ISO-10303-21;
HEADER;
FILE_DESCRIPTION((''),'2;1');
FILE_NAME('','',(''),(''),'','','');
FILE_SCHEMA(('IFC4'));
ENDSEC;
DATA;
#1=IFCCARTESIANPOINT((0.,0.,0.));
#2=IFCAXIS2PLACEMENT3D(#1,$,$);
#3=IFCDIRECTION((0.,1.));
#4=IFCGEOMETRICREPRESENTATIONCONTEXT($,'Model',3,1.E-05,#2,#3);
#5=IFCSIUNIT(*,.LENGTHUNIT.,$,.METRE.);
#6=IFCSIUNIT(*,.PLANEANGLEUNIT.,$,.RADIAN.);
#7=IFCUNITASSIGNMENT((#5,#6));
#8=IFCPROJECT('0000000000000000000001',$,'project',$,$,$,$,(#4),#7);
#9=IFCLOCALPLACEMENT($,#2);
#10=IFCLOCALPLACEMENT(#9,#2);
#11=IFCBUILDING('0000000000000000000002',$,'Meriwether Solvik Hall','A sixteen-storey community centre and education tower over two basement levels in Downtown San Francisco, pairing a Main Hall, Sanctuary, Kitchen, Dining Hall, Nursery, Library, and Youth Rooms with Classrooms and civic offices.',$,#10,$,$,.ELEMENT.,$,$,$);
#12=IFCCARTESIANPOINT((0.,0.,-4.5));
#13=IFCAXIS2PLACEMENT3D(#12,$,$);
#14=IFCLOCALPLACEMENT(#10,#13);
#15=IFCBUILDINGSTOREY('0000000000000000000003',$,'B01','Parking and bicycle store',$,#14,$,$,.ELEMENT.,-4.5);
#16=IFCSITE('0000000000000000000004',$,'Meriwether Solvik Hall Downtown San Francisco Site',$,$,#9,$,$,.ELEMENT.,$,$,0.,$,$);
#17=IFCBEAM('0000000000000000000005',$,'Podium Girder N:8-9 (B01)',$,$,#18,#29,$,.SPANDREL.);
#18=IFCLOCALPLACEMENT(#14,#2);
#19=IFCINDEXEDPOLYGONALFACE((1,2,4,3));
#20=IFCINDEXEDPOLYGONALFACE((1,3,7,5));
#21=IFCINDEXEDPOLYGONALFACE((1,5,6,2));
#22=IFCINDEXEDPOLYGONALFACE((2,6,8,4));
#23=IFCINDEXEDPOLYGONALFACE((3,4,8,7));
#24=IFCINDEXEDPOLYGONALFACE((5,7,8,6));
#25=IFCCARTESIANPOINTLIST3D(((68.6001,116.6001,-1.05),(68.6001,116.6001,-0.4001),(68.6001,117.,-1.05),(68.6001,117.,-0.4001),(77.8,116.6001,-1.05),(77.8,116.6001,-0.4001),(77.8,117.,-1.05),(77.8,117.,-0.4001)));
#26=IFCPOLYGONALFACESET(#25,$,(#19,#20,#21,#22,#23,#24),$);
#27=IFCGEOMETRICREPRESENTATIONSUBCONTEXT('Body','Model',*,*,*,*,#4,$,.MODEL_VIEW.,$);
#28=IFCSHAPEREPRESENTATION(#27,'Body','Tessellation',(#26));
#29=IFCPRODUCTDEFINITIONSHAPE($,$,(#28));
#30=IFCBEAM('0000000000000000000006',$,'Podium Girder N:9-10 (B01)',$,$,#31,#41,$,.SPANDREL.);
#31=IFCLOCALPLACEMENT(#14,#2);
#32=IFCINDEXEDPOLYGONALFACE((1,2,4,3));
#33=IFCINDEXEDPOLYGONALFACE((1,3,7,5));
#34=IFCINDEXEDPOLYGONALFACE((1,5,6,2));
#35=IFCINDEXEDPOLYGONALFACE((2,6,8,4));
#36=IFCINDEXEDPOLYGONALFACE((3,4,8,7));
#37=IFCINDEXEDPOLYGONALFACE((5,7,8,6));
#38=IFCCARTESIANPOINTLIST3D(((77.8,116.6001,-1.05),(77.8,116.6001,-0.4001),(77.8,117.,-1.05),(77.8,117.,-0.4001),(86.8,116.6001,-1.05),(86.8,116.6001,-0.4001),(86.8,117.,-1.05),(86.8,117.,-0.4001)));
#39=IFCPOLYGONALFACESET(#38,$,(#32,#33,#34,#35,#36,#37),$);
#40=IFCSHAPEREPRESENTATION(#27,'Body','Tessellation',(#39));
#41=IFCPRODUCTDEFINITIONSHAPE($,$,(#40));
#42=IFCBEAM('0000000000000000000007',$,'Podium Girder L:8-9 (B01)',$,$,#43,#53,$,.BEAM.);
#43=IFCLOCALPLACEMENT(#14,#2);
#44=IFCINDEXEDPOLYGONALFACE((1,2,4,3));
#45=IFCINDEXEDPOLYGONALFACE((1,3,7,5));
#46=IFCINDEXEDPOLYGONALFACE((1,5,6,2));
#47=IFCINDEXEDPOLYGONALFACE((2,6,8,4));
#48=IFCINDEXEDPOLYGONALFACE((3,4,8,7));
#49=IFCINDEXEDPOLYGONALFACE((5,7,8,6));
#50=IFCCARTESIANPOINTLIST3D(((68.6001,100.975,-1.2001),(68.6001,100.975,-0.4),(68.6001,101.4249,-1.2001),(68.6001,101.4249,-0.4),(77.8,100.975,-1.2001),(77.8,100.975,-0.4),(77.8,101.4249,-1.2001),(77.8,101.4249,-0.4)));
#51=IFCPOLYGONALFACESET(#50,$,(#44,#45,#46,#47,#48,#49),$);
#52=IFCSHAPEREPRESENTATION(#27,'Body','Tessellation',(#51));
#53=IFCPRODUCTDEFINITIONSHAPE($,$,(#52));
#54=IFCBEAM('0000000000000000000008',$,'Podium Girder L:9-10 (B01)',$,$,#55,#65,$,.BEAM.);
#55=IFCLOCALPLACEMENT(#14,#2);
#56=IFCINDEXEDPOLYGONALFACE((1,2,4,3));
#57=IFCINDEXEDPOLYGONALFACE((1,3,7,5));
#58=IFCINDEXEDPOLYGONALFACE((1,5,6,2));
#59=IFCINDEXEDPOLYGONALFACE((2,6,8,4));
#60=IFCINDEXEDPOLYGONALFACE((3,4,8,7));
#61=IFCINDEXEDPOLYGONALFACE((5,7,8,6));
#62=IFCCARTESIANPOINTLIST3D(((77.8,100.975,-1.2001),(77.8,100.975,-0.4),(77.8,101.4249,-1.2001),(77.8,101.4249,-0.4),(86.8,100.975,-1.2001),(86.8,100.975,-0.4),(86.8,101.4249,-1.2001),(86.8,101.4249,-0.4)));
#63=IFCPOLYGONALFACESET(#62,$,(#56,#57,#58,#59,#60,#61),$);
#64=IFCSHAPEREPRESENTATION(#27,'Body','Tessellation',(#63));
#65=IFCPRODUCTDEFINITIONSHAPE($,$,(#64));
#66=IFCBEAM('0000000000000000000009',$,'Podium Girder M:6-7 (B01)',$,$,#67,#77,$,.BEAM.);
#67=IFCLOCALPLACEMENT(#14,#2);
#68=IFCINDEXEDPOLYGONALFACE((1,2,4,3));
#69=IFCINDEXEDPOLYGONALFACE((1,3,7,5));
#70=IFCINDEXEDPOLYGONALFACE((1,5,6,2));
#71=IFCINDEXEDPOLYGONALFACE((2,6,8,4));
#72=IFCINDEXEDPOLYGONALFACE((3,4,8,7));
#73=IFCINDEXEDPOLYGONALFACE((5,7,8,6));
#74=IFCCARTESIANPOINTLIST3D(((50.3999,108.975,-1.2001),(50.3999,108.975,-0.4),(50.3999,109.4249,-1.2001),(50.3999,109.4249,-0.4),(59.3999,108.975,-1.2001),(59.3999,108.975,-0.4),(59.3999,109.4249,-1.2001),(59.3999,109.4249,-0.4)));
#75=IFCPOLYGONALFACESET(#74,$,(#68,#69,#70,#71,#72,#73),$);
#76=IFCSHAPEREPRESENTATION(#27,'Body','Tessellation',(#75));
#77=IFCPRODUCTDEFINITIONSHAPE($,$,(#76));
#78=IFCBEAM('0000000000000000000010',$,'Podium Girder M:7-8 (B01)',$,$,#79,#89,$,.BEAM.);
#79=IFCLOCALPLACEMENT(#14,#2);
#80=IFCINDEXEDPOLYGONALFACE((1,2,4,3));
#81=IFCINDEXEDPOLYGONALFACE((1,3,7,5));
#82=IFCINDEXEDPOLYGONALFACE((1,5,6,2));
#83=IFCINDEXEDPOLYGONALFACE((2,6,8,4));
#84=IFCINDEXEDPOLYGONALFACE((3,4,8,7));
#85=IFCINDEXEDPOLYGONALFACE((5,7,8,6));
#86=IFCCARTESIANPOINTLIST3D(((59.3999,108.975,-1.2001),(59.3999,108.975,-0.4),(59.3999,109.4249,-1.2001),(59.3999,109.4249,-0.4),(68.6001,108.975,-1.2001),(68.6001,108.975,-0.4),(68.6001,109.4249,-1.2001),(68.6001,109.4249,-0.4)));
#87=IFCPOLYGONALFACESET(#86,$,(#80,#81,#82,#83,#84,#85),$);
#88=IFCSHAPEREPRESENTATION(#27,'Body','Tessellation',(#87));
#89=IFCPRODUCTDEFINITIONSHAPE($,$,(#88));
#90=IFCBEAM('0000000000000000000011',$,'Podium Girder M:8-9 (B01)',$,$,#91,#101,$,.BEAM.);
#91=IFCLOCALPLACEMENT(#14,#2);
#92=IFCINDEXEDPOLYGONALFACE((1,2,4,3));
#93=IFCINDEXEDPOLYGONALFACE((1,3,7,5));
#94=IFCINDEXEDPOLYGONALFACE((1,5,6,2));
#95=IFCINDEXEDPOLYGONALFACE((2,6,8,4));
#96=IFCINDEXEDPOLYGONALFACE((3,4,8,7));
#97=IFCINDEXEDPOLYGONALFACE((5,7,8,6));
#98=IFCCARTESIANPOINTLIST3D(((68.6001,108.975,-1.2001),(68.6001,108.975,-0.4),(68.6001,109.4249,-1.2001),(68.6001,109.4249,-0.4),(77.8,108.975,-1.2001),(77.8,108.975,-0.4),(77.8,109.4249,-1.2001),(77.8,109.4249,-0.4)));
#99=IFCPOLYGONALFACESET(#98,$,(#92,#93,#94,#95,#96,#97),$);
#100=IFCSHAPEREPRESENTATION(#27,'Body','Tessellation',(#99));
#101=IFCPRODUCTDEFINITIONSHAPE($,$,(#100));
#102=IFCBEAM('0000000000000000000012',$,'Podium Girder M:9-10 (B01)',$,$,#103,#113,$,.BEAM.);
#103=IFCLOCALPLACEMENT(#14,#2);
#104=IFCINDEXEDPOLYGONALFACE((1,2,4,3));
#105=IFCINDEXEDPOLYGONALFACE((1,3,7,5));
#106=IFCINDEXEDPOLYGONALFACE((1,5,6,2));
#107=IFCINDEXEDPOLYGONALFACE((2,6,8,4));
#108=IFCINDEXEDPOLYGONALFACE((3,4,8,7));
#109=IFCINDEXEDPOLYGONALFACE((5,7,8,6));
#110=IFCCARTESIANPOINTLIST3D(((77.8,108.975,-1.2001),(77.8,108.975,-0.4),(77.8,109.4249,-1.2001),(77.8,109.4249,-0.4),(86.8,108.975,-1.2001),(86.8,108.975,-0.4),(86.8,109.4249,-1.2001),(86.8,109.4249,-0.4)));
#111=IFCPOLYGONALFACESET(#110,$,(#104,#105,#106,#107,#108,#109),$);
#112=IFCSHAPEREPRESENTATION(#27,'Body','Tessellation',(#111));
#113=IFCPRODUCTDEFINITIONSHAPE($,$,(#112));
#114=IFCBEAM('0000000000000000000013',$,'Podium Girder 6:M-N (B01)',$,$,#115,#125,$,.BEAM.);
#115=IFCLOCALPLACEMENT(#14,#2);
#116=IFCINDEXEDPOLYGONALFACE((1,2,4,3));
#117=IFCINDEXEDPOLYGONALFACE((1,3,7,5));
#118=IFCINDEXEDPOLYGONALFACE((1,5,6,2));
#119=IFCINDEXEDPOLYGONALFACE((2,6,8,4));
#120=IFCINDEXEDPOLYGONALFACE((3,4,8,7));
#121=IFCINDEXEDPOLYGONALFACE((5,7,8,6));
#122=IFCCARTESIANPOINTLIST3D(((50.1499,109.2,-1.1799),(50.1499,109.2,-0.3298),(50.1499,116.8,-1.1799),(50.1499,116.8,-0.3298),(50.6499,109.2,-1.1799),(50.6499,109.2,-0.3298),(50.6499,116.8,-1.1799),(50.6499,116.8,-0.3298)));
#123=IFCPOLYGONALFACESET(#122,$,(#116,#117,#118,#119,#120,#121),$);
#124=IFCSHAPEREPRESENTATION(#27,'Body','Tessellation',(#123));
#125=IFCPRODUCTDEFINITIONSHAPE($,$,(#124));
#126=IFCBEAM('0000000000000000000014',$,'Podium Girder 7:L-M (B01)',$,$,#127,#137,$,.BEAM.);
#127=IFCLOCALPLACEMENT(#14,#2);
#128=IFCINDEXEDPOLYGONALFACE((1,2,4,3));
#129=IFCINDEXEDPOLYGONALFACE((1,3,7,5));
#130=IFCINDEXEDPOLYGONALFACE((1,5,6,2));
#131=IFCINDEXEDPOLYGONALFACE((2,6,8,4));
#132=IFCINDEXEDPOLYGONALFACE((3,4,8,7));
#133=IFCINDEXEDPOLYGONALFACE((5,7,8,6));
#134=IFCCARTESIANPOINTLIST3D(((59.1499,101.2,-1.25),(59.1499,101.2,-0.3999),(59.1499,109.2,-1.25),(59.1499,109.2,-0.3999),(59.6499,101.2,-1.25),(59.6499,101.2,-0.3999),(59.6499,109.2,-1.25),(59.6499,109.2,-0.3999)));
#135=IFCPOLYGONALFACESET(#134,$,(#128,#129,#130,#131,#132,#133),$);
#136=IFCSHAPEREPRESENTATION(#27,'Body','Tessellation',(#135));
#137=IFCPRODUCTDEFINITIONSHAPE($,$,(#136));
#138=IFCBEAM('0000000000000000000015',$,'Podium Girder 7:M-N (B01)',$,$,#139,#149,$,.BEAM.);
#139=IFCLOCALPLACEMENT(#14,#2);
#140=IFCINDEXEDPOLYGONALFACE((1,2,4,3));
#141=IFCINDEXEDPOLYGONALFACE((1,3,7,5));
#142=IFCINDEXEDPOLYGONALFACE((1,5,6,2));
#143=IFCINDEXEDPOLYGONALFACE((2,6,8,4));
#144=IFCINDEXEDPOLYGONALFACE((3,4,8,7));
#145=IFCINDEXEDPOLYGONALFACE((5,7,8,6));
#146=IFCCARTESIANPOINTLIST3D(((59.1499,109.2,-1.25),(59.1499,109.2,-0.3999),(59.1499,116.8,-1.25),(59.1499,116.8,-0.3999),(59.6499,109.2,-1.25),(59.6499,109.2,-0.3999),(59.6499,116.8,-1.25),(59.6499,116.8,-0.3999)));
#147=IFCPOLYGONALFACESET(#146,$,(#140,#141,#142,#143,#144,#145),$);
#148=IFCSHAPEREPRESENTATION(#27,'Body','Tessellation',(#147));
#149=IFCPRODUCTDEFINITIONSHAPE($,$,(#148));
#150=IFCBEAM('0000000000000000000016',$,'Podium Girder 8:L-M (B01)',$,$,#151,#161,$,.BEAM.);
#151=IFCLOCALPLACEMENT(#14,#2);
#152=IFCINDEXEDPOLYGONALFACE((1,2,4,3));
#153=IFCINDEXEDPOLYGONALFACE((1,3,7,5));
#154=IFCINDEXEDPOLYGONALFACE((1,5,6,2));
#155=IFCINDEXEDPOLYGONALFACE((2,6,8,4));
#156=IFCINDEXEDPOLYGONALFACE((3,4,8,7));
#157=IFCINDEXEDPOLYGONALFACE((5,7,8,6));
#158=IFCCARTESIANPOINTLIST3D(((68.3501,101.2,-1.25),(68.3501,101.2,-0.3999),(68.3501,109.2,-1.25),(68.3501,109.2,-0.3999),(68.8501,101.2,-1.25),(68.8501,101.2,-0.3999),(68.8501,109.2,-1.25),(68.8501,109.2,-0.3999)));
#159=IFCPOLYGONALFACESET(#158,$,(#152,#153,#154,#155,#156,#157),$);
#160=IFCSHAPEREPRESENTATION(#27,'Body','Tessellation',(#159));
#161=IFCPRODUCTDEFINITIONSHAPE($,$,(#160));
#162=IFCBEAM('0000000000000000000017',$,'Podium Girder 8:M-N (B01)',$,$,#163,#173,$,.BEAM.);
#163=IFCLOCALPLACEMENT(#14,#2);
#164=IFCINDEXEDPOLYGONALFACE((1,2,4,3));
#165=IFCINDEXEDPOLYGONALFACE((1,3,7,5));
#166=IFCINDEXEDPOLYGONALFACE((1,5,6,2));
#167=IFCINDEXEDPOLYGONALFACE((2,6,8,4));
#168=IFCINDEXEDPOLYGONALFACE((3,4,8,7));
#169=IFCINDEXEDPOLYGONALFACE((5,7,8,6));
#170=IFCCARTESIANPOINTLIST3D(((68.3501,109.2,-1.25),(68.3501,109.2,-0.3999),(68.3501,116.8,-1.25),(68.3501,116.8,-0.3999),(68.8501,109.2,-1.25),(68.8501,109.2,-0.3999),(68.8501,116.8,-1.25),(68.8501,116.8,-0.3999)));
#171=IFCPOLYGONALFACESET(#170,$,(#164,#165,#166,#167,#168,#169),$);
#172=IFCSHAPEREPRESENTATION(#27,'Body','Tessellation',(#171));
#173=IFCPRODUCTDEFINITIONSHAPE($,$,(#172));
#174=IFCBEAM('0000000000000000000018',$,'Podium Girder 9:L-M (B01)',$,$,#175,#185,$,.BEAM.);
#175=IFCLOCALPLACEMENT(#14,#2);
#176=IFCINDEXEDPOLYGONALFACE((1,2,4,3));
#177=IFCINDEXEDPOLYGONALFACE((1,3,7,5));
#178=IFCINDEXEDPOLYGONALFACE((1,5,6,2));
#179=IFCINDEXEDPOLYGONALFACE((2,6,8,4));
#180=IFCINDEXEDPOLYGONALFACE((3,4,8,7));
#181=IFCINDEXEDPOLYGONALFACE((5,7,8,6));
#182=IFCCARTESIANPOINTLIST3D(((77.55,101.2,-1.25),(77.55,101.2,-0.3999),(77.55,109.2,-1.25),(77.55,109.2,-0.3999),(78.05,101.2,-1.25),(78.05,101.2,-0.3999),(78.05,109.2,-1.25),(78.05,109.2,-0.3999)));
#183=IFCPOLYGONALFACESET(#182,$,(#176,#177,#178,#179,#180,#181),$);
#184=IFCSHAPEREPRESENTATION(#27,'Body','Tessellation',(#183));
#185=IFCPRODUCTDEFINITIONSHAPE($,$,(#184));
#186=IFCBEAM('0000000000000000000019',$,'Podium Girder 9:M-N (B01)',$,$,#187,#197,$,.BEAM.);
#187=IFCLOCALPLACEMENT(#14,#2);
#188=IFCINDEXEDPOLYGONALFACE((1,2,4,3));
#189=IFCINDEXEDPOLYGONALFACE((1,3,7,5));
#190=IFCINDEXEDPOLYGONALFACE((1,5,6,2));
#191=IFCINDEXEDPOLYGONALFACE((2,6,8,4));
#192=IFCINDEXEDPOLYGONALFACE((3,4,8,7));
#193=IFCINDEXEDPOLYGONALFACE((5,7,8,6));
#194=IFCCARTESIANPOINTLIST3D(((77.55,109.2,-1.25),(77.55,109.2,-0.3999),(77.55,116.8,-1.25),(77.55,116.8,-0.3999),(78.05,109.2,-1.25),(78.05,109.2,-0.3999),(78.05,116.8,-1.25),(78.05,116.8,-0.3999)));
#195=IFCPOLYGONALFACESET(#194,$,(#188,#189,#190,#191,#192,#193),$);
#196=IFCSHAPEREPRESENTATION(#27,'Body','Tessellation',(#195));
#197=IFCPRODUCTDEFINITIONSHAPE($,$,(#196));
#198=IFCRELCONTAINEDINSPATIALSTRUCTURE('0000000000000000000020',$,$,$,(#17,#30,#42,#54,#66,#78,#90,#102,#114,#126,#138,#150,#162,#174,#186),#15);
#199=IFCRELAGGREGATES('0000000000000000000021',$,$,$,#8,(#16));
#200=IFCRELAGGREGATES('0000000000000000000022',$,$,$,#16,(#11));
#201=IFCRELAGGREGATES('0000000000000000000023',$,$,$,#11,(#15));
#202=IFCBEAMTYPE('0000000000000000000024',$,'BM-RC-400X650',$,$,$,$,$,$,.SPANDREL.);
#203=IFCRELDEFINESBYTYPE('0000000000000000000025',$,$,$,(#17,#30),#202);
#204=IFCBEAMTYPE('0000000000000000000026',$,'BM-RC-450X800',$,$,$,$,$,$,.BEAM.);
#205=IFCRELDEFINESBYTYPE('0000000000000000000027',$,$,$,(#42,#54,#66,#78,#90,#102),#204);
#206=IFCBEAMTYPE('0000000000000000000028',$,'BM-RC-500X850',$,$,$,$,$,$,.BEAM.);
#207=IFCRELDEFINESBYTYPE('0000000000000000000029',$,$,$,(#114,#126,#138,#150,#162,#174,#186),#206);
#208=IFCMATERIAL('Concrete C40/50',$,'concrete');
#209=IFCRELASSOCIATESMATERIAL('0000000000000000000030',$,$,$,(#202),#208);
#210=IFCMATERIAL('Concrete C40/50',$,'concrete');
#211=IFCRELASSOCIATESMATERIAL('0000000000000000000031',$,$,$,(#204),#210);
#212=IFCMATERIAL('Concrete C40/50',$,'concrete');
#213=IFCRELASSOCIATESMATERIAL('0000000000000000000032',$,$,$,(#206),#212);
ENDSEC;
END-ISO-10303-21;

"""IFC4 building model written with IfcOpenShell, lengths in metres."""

from ifc_helpers import new_model, si_unit, direction, frame, origin, origin_2d, place, context, subcontext, project, spatial, rectangle, extrude, material, material_profile, profile_set, type_object, element, save


model = new_model("IFC4")

# Units and contexts
model_context = context("Model", 3, precision=1e-05, world=origin(), true_north=direction((0.0, 1.0)))
body_context = subcontext(model_context, "Body", "Model", "MODEL_VIEW")
ifc_project = project(units=[si_unit("LENGTHUNIT", "METRE"), si_unit("PLANEANGLEUNIT", "RADIAN")], contexts=[model_context])

# Site, building, storey
site_placement = place(None, origin())
site = spatial("IfcSite", under=ifc_project, at=site_placement, Name="Meriwether Solvik Hall Downtown San Francisco Site", CompositionType="ELEMENT", RefElevation=0.0)
building_placement = place(site_placement, origin())
building = spatial("IfcBuilding", under=site, at=building_placement, Name="Meriwether Solvik Hall", Description="A sixteen-storey community centre and education tower over two basement levels in Downtown San Francisco, pairing a Main Hall, Sanctuary, Kitchen, Dining Hall, Nursery, Library, and Youth Rooms with Classrooms and civic offices.", CompositionType="ELEMENT")
storey_placement = place(building_placement, frame((0.0, 0.0, -4.5)))
storey = spatial("IfcBuildingStorey", under=building, at=storey_placement, Name="B01", Description="Parking and bicycle store", CompositionType="ELEMENT", Elevation=-4.5)

# Beams
ifc_material_1 = material(Name="Concrete C40/50", Category="concrete")
ifc_material_profile_1 = material_profile(ifc_material_1, rectangle(XDim=0.3999, YDim=0.6499, at=origin_2d()), Name="RCB-400X650")
ifc_profile_set_1 = profile_set([ifc_material_profile_1], Name="Concrete C40/50")
beam_type_1 = type_object("IfcBeamType", Name="BM-RC-400X650", PredefinedType="SPANDREL", material=ifc_profile_set_1)
beam_1_placement = place(storey_placement, frame((68.6001, 116.8, -0.7251), z_axis=(1.0, 0.0, 0.0), x_axis=(0.0, 1.0, 0.0)))
element("IfcBeam", 1, at=beam_1_placement, inside=storey, type_object=beam_type_1, Name="Podium Girder N:8-9 (B01)", PredefinedType="SPANDREL", context=body_context, shape_type="SweptSolid", body=[
    extrude(rectangle(XDim=0.3999, YDim=0.6499, at=origin_2d()), origin(), (0.0, 0.0, 1.0), 9.2),
])
beam_2_placement = place(storey_placement, frame((77.8, 116.8, -0.7251), z_axis=(1.0, 0.0, 0.0), x_axis=(0.0, 1.0, 0.0)))
element("IfcBeam", 2, at=beam_2_placement, inside=storey, type_object=beam_type_1, Name="Podium Girder N:9-10 (B01)", PredefinedType="SPANDREL", context=body_context, shape_type="SweptSolid", body=[
    extrude(rectangle(XDim=0.3999, YDim=0.6499, at=origin_2d()), origin(), (0.0, 0.0, 1.0), 9.0),
])
ifc_material_2 = material(Name="Concrete C40/50", Category="concrete")
ifc_material_profile_2 = material_profile(ifc_material_2, rectangle(XDim=0.45, YDim=0.8, at=origin_2d()), Name="RCB-450X800")
ifc_profile_set_2 = profile_set([ifc_material_profile_2], Name="Concrete C40/50")
beam_type_2 = type_object("IfcBeamType", Name="BM-RC-450X800", PredefinedType="BEAM", material=ifc_profile_set_2)
beam_3_placement = place(storey_placement, frame((68.6001, 101.2, -0.8), z_axis=(1.0, 0.0, 0.0), x_axis=(0.0, 1.0, 0.0)))
element("IfcBeam", 3, at=beam_3_placement, inside=storey, type_object=beam_type_2, Name="Podium Girder L:8-9 (B01)", PredefinedType="BEAM", context=body_context, shape_type="SweptSolid", body=[
    extrude(rectangle(XDim=0.45, YDim=0.8, at=origin_2d()), origin(), (0.0, 0.0, 1.0), 9.2),
])
for number, where, z_axis, x_axis, name in (
    (4, (77.8, 101.2, -0.8), (1.0, 0.0, 0.0), (0.0, 1.0, 0.0), "Podium Girder L:9-10 (B01)"),
    (5, (50.3999, 109.2, -0.8), (1.0, 0.0, 0.0), (0.0, 1.0, 0.0), "Podium Girder M:6-7 (B01)"),
):
    element("IfcBeam", number, at=place(storey_placement, frame(where, z_axis=z_axis, x_axis=x_axis)), inside=storey, type_object=beam_type_2, Name=name, PredefinedType="BEAM", context=body_context, shape_type="SweptSolid", body=[
        extrude(rectangle(XDim=0.45, YDim=0.8, at=origin_2d()), origin(), (0.0, 0.0, 1.0), 9.0),
    ])
beam_4_placement = place(storey_placement, frame((59.3999, 109.2, -0.8), z_axis=(1.0, 0.0, 0.0), x_axis=(0.0, 1.0, 0.0)))
element("IfcBeam", 6, at=beam_4_placement, inside=storey, type_object=beam_type_2, Name="Podium Girder M:7-8 (B01)", PredefinedType="BEAM", context=body_context, shape_type="SweptSolid", body=[
    extrude(rectangle(XDim=0.45, YDim=0.8, at=origin_2d()), origin(), (0.0, 0.0, 1.0), 9.2002),
])
beam_5_placement = place(storey_placement, frame((68.6001, 109.2, -0.8), z_axis=(1.0, 0.0, 0.0), x_axis=(0.0, 1.0, 0.0)))
element("IfcBeam", 7, at=beam_5_placement, inside=storey, type_object=beam_type_2, Name="Podium Girder M:8-9 (B01)", PredefinedType="BEAM", context=body_context, shape_type="SweptSolid", body=[
    extrude(rectangle(XDim=0.45, YDim=0.8, at=origin_2d()), origin(), (0.0, 0.0, 1.0), 9.2),
])
beam_6_placement = place(storey_placement, frame((77.8, 109.2, -0.8), z_axis=(1.0, 0.0, 0.0), x_axis=(0.0, 1.0, 0.0)))
element("IfcBeam", 8, at=beam_6_placement, inside=storey, type_object=beam_type_2, Name="Podium Girder M:9-10 (B01)", PredefinedType="BEAM", context=body_context, shape_type="SweptSolid", body=[
    extrude(rectangle(XDim=0.45, YDim=0.8, at=origin_2d()), origin(), (0.0, 0.0, 1.0), 9.0),
])
ifc_material_3 = material(Name="Concrete C40/50", Category="concrete")
ifc_material_profile_3 = material_profile(ifc_material_3, rectangle(XDim=0.5, YDim=0.8501, at=origin_2d()), Name="RCB-500X850")
ifc_profile_set_3 = profile_set([ifc_material_profile_3], Name="Concrete C40/50")
beam_type_3 = type_object("IfcBeamType", Name="BM-RC-500X850", PredefinedType="BEAM", material=ifc_profile_set_3)
beam_7_placement = place(storey_placement, frame((50.3999, 109.2, -0.7549), z_axis=(0.0, 1.0, 0.0), x_axis=(-1.0, 0.0, 0.0)))
element("IfcBeam", 9, at=beam_7_placement, inside=storey, type_object=beam_type_3, Name="Podium Girder 6:M-N (B01)", PredefinedType="BEAM", context=body_context, shape_type="SweptSolid", body=[
    extrude(rectangle(XDim=0.5, YDim=0.8501, at=origin_2d()), origin(), (0.0, 0.0, 1.0), 7.6001),
])
beam_8_placement = place(storey_placement, frame((59.3999, 101.2, -0.825), z_axis=(0.0, 1.0, 0.0), x_axis=(-1.0, 0.0, 0.0)))
element("IfcBeam", 10, at=beam_8_placement, inside=storey, type_object=beam_type_3, Name="Podium Girder 7:L-M (B01)", PredefinedType="BEAM", context=body_context, shape_type="SweptSolid", body=[
    extrude(rectangle(XDim=0.5, YDim=0.8501, at=origin_2d()), origin(), (0.0, 0.0, 1.0), 8.0),
])
beam_9_placement = place(storey_placement, frame((59.3999, 109.2, -0.825), z_axis=(0.0, 1.0, 0.0), x_axis=(-1.0, 0.0, 0.0)))
element("IfcBeam", 11, at=beam_9_placement, inside=storey, type_object=beam_type_3, Name="Podium Girder 7:M-N (B01)", PredefinedType="BEAM", context=body_context, shape_type="SweptSolid", body=[
    extrude(rectangle(XDim=0.5, YDim=0.8501, at=origin_2d()), origin(), (0.0, 0.0, 1.0), 7.6001),
])
beam_10_placement = place(storey_placement, frame((68.6001, 101.2, -0.825), z_axis=(0.0, 1.0, 0.0), x_axis=(-1.0, 0.0, 0.0)))
element("IfcBeam", 12, at=beam_10_placement, inside=storey, type_object=beam_type_3, Name="Podium Girder 8:L-M (B01)", PredefinedType="BEAM", context=body_context, shape_type="SweptSolid", body=[
    extrude(rectangle(XDim=0.5, YDim=0.8501, at=origin_2d()), origin(), (0.0, 0.0, 1.0), 8.0),
])
beam_11_placement = place(storey_placement, frame((68.6001, 109.2, -0.825), z_axis=(0.0, 1.0, 0.0), x_axis=(-1.0, 0.0, 0.0)))
element("IfcBeam", 13, at=beam_11_placement, inside=storey, type_object=beam_type_3, Name="Podium Girder 8:M-N (B01)", PredefinedType="BEAM", context=body_context, shape_type="SweptSolid", body=[
    extrude(rectangle(XDim=0.5, YDim=0.8501, at=origin_2d()), origin(), (0.0, 0.0, 1.0), 7.6001),
])
beam_12_placement = place(storey_placement, frame((77.8, 101.2, -0.825), z_axis=(0.0, 1.0, 0.0), x_axis=(-1.0, 0.0, 0.0)))
element("IfcBeam", 14, at=beam_12_placement, inside=storey, type_object=beam_type_3, Name="Podium Girder 9:L-M (B01)", PredefinedType="BEAM", context=body_context, shape_type="SweptSolid", body=[
    extrude(rectangle(XDim=0.5, YDim=0.8501, at=origin_2d()), origin(), (0.0, 0.0, 1.0), 8.0),
])
beam_13_placement = place(storey_placement, frame((77.8, 109.2, -0.825), z_axis=(0.0, 1.0, 0.0), x_axis=(-1.0, 0.0, 0.0)))
element("IfcBeam", 15, at=beam_13_placement, inside=storey, type_object=beam_type_3, Name="Podium Girder 9:M-N (B01)", PredefinedType="BEAM", context=body_context, shape_type="SweptSolid", body=[
    extrude(rectangle(XDim=0.5, YDim=0.8501, at=origin_2d()), origin(), (0.0, 0.0, 1.0), 7.6001),
])

save(model, "model.ifc")
